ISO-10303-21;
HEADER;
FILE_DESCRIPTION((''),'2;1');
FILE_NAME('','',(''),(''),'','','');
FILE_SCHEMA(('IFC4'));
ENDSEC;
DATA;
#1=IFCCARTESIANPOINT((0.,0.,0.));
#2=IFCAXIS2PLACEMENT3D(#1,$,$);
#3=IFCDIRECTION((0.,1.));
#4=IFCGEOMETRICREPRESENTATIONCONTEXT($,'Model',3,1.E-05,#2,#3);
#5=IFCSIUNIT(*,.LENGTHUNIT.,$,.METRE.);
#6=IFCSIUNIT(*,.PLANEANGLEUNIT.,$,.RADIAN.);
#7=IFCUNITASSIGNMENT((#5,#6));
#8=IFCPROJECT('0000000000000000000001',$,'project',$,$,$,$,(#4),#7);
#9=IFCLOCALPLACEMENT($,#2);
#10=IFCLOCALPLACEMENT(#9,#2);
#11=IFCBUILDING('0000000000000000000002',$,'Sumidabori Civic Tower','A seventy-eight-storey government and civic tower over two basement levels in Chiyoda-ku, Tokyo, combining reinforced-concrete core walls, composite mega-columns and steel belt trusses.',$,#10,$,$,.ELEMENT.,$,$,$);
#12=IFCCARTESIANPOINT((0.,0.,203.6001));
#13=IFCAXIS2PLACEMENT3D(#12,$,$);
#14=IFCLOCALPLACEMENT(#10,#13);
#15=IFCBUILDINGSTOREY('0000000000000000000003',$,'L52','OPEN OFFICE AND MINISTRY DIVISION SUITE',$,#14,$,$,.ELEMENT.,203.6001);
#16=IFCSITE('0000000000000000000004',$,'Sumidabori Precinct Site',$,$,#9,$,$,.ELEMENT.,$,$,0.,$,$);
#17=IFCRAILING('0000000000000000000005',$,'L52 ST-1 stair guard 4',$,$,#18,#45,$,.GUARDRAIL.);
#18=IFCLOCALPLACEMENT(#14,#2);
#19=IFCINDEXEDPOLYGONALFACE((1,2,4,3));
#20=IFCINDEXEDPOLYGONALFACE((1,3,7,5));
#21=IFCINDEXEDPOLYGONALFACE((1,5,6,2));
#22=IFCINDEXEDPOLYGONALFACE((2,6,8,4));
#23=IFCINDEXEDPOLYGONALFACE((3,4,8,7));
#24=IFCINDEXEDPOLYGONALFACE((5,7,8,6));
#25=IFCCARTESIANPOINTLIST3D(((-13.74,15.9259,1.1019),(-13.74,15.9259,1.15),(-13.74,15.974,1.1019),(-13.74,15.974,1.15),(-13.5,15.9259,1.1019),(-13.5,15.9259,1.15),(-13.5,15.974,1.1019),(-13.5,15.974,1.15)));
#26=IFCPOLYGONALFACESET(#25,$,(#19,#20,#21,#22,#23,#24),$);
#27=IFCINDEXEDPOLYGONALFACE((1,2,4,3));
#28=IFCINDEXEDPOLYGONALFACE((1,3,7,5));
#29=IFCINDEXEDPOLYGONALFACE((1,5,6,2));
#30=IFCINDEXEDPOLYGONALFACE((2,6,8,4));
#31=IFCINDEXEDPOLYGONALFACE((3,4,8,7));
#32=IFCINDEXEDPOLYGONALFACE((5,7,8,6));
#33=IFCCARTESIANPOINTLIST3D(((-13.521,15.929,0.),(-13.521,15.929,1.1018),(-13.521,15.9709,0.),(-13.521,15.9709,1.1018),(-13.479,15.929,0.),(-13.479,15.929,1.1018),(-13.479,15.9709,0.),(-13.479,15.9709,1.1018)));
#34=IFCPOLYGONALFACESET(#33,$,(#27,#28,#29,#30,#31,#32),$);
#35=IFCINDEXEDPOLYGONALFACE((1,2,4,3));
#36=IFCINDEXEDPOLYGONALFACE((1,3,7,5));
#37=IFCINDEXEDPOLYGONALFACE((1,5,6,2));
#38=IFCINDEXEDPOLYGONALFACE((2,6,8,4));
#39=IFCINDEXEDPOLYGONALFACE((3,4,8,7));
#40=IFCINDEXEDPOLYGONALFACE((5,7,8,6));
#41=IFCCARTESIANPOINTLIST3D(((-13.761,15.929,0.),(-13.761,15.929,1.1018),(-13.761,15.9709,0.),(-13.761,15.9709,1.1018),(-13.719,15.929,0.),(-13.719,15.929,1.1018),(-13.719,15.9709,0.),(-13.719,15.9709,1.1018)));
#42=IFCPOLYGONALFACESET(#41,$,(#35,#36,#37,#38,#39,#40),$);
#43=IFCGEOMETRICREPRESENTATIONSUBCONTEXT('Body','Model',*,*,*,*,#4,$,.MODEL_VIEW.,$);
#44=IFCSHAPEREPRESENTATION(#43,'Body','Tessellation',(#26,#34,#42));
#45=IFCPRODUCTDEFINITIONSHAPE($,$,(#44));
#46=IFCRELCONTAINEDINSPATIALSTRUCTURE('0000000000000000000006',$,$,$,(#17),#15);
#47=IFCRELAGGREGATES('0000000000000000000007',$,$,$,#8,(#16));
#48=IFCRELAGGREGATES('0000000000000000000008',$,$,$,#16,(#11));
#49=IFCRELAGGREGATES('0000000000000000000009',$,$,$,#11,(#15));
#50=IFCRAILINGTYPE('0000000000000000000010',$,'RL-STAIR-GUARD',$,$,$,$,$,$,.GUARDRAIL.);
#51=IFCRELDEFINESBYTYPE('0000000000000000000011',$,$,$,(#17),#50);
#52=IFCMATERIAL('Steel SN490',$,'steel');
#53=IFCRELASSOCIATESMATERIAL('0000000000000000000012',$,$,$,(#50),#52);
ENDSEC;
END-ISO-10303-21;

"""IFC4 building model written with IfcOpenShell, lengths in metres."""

from ifc_helpers import new_model, si_unit, direction, frame, origin, origin_2d, place, context, subcontext, project, spatial, rectangle, extrude, material, type_object, element, save


model = new_model("IFC4")

# Units and contexts
model_context = context("Model", 3, precision=1e-05, world=origin(), true_north=direction((0.0, 1.0)))
body_context = subcontext(model_context, "Body", "Model", "MODEL_VIEW")
ifc_project = project(units=[si_unit("LENGTHUNIT", "METRE"), si_unit("PLANEANGLEUNIT", "RADIAN")], contexts=[model_context])

# Site, building, storey
site_placement = place(None, origin())
site = spatial("IfcSite", under=ifc_project, at=site_placement, Name="Sumidabori Precinct Site", CompositionType="ELEMENT", RefElevation=0.0)
building_placement = place(site_placement, origin())
building = spatial("IfcBuilding", under=site, at=building_placement, Name="Sumidabori Civic Tower", Description="A seventy-eight-storey government and civic tower over two basement levels in Chiyoda-ku, Tokyo, combining reinforced-concrete core walls, composite mega-columns and steel belt trusses.", CompositionType="ELEMENT")
storey_placement = place(building_placement, frame((0.0, 0.0, 203.6001)))
storey = spatial("IfcBuildingStorey", under=building, at=storey_placement, Name="L52", Description="OPEN OFFICE AND MINISTRY DIVISION SUITE", CompositionType="ELEMENT", Elevation=203.6001)

# Shared definitions
ifc_material_1 = material(Name="Steel SN490", Category="steel")

# Railing
railing_type = type_object("IfcRailingType", Name="RL-STAIR-GUARD", PredefinedType="GUARDRAIL", material=ifc_material_1)
railing_1_placement = place(storey_placement, frame((-13.5, 15.95, 0.0)))
element("IfcRailing", 1, at=railing_1_placement, inside=storey, type_object=railing_type, Name="L52 ST-1 stair guard 4", PredefinedType="GUARDRAIL", context=body_context, shape_type="SweptSolid", body=[
    extrude(rectangle(XDim=0.0481, YDim=0.0481, at=origin_2d()), frame((0.0, 0.0, 1.126), z_axis=(-1.0, 0.0, 0.0), x_axis=(0.0, -1.0, 0.0)), (0.0, 0.0, 1.0), 0.24),
    extrude(rectangle(XDim=0.042, YDim=0.042, at=origin_2d()), origin(), (0.0, 0.0, 1.0), 1.1018),
    extrude(rectangle(XDim=0.042, YDim=0.042, at=origin_2d()), frame((-0.24, 0.0, 0.0)), (0.0, 0.0, 1.0), 1.1018),
])

save(model, "model.ifc")
